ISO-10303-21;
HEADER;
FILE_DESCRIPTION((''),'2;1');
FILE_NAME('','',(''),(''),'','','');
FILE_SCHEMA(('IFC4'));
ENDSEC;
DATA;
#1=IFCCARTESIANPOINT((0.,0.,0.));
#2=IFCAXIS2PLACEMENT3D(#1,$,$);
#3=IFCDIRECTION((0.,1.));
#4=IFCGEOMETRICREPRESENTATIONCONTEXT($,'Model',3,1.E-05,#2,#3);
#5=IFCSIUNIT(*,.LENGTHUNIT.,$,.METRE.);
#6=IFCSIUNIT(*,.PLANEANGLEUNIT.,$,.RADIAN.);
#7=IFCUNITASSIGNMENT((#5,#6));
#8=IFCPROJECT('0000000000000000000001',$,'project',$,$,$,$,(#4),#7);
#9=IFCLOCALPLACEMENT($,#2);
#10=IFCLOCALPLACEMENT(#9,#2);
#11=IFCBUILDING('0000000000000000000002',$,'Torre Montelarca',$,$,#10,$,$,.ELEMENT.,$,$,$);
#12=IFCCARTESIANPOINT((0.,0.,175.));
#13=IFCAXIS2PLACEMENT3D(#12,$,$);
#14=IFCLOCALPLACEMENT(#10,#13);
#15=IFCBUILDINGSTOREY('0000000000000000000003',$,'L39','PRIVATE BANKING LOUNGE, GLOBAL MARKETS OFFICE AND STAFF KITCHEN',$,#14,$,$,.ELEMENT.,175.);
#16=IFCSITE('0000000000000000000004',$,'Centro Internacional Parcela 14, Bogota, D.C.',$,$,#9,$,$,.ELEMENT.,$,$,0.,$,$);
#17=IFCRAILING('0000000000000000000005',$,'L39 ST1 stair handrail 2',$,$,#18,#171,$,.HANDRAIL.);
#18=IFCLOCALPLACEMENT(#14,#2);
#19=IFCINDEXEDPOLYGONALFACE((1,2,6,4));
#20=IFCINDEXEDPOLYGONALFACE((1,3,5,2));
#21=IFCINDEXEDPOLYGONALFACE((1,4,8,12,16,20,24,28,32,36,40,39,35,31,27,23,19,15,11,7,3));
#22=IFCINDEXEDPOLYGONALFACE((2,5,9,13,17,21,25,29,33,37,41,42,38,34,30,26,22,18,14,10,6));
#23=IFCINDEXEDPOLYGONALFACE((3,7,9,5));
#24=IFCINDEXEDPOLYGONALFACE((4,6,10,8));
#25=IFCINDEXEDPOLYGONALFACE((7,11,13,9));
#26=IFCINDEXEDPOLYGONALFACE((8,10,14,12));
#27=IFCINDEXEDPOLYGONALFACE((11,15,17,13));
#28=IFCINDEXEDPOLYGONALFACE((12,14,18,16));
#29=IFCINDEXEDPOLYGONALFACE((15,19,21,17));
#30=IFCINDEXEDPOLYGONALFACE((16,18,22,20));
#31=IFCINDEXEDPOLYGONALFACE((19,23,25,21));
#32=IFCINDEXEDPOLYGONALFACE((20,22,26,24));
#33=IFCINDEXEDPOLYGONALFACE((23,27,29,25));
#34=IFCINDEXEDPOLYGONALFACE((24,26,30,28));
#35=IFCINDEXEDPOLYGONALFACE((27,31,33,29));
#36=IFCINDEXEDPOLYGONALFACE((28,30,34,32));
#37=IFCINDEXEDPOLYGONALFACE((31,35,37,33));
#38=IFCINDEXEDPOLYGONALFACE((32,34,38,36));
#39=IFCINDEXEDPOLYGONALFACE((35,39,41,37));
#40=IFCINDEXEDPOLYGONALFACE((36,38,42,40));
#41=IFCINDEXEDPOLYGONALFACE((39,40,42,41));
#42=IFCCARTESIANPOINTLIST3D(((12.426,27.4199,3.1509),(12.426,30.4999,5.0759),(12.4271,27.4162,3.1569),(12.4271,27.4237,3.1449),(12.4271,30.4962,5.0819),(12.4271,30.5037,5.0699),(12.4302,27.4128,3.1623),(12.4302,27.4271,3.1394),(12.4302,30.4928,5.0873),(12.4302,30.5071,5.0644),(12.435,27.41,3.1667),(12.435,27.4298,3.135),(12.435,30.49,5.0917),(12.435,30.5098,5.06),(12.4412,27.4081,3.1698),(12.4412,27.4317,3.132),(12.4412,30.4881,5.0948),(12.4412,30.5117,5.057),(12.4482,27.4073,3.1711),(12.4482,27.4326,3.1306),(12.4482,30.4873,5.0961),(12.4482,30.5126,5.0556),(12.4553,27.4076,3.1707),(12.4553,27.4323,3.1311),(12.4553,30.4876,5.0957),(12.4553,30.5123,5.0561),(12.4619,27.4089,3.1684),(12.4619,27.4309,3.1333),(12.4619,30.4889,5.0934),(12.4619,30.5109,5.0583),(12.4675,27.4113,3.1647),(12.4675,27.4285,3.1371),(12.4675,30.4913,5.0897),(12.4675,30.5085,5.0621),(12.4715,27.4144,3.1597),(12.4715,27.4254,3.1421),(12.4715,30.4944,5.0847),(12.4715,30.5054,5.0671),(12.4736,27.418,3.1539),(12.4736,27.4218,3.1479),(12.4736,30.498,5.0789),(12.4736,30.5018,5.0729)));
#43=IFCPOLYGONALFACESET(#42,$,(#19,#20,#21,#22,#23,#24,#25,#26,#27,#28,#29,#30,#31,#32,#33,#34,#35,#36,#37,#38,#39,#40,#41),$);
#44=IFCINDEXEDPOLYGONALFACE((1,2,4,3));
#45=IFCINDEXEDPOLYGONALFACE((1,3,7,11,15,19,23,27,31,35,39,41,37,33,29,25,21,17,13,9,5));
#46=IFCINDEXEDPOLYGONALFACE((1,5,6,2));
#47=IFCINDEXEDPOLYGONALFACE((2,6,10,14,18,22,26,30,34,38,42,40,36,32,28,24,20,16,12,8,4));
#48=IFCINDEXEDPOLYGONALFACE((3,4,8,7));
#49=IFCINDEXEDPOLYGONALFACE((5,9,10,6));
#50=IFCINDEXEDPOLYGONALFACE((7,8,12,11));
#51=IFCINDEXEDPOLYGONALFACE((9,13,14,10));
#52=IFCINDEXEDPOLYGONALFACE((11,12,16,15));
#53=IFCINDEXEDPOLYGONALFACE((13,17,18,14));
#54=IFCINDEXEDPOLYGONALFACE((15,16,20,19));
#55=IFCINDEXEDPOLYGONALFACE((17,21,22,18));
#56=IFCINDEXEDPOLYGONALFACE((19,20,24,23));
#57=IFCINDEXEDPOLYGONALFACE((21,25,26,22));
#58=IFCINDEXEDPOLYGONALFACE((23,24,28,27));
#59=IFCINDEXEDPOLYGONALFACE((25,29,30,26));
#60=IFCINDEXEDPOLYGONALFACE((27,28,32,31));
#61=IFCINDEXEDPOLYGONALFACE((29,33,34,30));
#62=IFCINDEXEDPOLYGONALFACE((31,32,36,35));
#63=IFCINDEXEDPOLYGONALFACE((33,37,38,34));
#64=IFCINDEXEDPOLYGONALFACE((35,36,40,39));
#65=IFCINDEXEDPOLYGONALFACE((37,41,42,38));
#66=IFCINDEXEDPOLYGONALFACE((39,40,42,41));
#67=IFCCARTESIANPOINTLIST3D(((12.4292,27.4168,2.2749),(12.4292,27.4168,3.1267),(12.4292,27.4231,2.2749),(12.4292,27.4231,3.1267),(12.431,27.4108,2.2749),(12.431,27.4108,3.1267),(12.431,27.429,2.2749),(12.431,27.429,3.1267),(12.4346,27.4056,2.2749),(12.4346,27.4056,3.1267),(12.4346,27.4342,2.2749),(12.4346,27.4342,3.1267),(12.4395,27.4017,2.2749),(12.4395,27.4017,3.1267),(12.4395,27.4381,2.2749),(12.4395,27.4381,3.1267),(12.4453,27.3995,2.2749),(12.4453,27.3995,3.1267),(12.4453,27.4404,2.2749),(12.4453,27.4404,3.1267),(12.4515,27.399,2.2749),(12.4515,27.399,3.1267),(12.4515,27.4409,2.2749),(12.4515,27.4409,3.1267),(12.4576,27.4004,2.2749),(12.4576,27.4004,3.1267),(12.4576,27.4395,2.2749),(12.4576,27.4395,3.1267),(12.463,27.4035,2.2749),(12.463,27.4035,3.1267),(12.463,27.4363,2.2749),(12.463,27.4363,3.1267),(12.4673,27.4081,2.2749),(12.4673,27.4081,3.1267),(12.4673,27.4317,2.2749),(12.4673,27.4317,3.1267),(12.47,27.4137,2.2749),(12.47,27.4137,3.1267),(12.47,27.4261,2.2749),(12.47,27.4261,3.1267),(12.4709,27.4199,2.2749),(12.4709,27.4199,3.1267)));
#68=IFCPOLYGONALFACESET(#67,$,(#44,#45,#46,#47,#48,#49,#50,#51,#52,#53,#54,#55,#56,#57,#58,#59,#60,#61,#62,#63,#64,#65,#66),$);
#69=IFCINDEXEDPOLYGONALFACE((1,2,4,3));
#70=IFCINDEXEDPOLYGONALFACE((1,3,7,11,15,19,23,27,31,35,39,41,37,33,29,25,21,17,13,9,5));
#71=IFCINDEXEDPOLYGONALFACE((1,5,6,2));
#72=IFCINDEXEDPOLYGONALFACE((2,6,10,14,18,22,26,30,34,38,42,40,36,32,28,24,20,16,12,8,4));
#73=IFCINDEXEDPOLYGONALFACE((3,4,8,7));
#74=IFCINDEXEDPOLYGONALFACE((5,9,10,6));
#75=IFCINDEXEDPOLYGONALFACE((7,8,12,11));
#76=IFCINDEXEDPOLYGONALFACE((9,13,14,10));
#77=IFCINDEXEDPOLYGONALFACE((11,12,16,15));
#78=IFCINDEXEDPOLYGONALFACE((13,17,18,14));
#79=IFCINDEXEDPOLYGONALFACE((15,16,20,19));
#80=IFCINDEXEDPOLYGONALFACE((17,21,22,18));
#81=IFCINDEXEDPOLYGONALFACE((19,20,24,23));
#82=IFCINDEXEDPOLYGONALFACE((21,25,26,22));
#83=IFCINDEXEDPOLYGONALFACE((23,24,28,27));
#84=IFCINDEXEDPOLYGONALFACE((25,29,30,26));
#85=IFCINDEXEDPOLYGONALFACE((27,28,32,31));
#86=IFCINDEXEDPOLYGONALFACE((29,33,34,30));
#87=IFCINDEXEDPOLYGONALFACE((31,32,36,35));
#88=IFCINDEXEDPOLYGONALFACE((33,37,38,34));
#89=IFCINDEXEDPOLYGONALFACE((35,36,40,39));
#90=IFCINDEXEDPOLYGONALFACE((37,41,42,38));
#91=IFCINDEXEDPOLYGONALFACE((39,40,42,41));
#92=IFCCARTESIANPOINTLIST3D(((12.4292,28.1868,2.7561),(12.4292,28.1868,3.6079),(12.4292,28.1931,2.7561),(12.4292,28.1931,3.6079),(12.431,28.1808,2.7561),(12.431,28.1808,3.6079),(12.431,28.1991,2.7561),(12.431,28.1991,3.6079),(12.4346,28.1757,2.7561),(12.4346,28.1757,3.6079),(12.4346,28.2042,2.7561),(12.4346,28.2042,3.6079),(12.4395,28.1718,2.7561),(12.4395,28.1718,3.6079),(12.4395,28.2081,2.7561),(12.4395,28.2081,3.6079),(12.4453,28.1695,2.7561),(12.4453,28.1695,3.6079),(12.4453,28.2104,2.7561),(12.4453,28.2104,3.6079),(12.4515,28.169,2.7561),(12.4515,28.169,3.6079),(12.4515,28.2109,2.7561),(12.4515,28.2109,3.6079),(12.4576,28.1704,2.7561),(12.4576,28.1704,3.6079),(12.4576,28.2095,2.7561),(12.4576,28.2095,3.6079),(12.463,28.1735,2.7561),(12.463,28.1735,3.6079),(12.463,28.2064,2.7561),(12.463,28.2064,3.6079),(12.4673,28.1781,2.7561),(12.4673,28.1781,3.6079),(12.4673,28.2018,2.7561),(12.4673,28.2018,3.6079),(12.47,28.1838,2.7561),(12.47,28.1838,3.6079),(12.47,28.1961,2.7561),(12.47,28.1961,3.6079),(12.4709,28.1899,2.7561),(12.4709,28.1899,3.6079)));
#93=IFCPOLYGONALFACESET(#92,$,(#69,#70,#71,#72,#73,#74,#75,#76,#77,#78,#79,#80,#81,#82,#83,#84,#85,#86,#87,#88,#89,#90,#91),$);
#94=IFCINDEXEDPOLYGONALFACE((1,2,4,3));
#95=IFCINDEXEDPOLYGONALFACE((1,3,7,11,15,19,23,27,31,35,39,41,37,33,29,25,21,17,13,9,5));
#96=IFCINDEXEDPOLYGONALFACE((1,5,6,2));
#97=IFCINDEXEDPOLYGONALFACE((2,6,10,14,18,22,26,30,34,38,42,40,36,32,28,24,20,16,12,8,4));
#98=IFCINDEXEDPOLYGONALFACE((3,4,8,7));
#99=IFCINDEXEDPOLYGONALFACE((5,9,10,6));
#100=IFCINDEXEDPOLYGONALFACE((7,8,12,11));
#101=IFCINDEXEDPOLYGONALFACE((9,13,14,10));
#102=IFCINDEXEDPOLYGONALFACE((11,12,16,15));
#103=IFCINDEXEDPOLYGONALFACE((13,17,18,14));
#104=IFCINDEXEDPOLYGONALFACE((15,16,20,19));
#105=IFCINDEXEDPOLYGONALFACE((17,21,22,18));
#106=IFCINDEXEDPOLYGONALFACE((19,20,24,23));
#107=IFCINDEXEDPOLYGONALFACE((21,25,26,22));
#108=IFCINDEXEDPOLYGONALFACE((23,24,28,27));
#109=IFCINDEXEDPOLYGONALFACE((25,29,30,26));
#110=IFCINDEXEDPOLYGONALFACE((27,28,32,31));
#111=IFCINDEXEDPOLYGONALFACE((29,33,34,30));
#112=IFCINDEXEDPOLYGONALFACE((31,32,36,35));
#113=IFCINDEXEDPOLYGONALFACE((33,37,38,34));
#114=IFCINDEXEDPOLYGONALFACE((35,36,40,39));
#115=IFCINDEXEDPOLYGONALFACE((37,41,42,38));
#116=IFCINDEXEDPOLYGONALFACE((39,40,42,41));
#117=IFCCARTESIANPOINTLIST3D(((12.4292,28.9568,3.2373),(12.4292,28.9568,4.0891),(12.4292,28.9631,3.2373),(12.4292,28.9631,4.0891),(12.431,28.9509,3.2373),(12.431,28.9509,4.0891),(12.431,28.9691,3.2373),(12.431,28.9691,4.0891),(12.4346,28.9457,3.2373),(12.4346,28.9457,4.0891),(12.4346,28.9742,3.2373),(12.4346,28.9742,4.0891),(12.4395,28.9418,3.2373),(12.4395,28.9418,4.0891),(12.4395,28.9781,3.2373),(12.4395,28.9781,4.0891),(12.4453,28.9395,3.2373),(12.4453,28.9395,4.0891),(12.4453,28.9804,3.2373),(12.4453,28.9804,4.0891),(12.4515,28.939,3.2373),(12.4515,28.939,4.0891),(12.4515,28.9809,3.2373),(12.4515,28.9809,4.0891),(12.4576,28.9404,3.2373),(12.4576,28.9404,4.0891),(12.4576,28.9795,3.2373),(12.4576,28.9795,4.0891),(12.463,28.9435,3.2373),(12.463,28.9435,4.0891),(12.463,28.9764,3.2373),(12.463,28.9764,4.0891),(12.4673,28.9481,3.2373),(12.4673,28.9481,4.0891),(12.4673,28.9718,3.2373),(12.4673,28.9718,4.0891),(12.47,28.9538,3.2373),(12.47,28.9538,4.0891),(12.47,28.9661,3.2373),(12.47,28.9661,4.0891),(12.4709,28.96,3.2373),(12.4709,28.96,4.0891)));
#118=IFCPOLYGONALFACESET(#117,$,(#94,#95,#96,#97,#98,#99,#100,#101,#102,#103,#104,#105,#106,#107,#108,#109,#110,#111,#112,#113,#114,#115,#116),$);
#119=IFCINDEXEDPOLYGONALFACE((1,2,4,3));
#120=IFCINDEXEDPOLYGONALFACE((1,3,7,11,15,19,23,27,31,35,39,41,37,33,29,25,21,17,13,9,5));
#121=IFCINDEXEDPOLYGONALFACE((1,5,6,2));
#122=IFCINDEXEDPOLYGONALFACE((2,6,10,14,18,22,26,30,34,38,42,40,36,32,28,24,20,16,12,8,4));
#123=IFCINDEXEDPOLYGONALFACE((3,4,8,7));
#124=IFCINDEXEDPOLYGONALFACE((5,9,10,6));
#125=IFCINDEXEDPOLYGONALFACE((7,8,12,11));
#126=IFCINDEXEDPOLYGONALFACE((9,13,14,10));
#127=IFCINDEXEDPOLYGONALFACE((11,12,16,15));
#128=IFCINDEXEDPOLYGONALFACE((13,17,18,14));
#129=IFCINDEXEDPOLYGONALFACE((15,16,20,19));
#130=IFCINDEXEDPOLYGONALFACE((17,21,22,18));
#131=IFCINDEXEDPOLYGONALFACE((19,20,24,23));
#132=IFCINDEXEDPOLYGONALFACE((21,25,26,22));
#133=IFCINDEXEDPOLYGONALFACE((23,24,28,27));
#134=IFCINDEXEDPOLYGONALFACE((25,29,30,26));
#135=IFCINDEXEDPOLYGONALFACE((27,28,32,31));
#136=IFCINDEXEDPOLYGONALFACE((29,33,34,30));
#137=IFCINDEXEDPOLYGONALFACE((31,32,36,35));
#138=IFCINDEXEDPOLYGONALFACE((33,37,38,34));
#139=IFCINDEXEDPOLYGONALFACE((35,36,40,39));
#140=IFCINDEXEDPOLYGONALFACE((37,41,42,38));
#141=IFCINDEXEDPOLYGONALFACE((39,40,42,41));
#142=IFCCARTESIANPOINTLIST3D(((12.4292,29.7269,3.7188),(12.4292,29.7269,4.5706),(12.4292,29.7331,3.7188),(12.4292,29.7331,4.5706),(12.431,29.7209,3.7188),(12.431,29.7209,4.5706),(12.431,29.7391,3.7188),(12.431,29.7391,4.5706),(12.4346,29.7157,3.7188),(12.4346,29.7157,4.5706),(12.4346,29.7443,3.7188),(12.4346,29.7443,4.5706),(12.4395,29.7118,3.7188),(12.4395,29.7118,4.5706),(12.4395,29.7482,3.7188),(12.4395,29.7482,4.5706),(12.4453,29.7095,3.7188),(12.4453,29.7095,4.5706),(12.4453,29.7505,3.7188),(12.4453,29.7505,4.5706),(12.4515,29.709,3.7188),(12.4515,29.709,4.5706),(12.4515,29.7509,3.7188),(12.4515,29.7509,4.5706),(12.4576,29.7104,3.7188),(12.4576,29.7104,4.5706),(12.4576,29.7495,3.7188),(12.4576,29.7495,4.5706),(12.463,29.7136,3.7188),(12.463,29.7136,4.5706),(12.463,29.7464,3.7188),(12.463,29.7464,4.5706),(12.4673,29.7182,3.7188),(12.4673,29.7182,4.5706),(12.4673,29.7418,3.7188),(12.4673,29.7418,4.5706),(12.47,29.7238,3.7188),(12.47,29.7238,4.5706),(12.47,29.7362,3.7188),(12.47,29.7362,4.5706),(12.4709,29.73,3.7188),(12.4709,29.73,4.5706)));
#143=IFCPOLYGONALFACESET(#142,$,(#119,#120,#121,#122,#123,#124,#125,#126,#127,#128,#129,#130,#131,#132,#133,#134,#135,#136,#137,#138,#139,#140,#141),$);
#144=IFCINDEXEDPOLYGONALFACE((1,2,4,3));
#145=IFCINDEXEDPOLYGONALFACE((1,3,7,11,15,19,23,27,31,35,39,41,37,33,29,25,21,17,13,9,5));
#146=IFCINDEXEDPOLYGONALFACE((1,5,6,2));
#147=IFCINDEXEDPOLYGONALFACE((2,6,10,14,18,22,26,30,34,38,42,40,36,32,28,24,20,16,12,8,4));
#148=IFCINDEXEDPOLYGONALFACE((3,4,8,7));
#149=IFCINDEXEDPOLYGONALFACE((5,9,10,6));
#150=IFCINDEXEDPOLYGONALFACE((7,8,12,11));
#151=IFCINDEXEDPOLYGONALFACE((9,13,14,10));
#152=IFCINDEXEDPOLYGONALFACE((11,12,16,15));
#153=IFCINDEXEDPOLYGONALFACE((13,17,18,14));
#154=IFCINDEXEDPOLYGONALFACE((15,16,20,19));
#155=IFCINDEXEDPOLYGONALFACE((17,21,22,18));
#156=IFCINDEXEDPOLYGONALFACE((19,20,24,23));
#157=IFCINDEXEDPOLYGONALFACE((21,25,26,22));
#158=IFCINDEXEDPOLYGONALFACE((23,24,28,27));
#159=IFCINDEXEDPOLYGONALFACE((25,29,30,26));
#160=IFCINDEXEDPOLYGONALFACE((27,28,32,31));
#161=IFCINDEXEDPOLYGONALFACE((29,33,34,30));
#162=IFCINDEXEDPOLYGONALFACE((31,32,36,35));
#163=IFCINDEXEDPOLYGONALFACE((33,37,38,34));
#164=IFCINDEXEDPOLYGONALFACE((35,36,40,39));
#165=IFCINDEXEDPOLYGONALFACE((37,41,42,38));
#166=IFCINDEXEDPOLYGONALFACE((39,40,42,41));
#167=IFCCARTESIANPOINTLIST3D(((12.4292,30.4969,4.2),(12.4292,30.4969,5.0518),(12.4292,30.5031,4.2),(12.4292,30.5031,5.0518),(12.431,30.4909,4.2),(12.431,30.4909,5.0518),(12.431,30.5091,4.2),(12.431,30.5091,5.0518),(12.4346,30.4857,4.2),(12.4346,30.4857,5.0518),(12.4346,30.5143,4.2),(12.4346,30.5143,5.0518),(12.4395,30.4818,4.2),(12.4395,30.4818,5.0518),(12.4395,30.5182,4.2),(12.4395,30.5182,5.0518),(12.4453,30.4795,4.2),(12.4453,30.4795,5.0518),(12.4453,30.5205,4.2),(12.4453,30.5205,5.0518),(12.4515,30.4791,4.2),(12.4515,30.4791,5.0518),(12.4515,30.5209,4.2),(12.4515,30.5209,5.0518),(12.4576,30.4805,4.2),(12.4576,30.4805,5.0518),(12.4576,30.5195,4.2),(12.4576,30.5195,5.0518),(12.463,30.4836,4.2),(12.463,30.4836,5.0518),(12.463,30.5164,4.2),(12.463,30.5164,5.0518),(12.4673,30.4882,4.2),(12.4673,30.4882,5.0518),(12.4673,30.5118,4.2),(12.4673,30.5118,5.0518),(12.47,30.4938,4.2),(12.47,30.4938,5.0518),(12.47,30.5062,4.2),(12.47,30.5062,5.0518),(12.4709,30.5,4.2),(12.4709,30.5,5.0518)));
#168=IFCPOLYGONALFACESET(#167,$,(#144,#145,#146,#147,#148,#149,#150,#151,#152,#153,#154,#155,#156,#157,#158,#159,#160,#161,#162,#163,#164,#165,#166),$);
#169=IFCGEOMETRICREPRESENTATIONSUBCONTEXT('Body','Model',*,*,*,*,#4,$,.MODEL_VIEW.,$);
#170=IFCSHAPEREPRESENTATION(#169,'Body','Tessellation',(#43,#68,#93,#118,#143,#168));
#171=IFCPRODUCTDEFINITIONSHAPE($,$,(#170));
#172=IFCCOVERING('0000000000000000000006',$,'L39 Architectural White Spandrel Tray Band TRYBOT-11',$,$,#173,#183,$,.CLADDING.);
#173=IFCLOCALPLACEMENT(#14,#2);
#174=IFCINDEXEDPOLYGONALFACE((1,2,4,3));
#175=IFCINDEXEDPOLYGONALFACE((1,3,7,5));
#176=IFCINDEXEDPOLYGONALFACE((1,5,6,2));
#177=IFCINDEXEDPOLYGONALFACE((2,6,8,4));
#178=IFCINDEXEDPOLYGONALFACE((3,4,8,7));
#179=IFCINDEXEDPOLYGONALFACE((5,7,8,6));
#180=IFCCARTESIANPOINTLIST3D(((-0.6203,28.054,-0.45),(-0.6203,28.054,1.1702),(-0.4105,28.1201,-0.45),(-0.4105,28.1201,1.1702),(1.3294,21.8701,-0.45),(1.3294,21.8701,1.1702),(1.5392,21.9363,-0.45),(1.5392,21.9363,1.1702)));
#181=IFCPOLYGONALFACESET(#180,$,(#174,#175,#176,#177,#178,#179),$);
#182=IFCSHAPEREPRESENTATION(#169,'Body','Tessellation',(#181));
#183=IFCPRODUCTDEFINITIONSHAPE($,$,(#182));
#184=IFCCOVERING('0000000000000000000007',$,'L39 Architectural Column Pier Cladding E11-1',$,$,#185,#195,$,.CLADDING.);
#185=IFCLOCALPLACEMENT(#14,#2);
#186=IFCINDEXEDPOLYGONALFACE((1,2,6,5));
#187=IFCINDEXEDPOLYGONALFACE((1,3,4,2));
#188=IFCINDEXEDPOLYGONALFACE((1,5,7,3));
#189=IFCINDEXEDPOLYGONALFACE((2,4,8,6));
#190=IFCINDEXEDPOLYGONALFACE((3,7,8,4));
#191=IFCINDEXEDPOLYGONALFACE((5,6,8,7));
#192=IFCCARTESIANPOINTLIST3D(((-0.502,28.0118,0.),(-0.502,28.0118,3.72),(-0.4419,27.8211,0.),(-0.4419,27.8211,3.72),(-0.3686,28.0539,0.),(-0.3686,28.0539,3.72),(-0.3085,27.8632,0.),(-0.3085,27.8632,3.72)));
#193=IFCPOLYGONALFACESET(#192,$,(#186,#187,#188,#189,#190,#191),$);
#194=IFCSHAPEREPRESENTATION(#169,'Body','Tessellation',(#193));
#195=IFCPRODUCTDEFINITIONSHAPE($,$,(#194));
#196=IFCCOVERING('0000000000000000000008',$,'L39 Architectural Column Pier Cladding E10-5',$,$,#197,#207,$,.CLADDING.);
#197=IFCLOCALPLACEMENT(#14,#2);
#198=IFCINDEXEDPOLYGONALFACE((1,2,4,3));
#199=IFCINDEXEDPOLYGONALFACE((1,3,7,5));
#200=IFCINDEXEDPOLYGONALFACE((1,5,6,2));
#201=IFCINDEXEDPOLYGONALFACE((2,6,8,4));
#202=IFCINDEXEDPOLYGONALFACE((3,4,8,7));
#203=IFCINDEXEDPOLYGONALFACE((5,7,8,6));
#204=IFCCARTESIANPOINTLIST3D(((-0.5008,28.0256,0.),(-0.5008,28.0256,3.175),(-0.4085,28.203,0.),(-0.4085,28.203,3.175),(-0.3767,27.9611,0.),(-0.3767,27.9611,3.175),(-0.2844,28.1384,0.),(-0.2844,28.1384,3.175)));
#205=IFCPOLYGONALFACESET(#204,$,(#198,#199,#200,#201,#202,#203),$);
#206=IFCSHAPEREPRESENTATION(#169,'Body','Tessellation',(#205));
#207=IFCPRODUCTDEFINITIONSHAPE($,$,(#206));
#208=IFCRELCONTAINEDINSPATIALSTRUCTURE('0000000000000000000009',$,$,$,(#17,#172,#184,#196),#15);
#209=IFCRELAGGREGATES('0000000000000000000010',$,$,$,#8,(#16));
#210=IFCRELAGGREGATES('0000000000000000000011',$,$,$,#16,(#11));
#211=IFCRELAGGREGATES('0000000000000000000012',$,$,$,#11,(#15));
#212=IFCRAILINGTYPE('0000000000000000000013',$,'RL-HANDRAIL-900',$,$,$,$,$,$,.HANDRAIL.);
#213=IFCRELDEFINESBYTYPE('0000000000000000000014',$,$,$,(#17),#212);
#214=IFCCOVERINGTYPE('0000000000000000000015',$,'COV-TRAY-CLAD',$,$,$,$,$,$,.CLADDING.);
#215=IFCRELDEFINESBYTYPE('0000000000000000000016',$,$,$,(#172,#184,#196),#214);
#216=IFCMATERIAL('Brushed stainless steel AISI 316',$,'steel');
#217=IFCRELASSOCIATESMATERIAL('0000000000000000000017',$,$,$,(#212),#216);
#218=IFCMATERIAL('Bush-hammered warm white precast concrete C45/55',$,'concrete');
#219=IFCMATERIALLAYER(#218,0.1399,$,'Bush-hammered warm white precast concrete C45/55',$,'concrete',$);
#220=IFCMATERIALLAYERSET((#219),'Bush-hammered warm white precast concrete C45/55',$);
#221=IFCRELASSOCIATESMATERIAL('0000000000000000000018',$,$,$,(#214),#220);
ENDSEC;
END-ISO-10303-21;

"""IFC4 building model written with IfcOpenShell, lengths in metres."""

from ifc_helpers import new_model, si_unit, direction, frame, origin, origin_2d, place, context, subcontext, project, spatial, rectangle, circle, extrude, source, transform, mapped, material, layer, layer_set, type_object, element, save


model = new_model("IFC4")

# Units and contexts
model_context = context("Model", 3, precision=1e-05, world=origin(), true_north=direction((0.0, 1.0)))
body_context = subcontext(model_context, "Body", "Model", "MODEL_VIEW")
ifc_project = project(units=[si_unit("LENGTHUNIT", "METRE"), si_unit("PLANEANGLEUNIT", "RADIAN")], contexts=[model_context])

# Site, building, storey
site_placement = place(None, origin())
site = spatial("IfcSite", under=ifc_project, at=site_placement, Name="Centro Internacional Parcela 14, Bogota, D.C.", CompositionType="ELEMENT", RefElevation=0.0)
building_placement = place(site_placement, origin())
building = spatial("IfcBuilding", under=site, at=building_placement, Name="Torre Montelarca", CompositionType="ELEMENT")
storey_placement = place(building_placement, frame((0.0, 0.0, 175.0)))
storey = spatial("IfcBuildingStorey", under=building, at=storey_placement, Name="L39", Description="PRIVATE BANKING LOUNGE, GLOBAL MARKETS OFFICE AND STAFF KITCHEN", CompositionType="ELEMENT", Elevation=175.0)

# Railing
ifc_material_1 = material(Name="Brushed stainless steel AISI 316", Category="steel")
railing_type_1 = type_object("IfcRailingType", Name="RL-HANDRAIL-900", PredefinedType="HANDRAIL", material=ifc_material_1)
railing_1_placement = place(storey_placement, frame((12.45, 27.4199, 2.2749)))
element("IfcRailing", 1, at=railing_1_placement, inside=storey, type_object=railing_type_1, Name="L39 ST1 stair handrail 2", PredefinedType="HANDRAIL", context=body_context, shape_type="SweptSolid", body=[
    extrude(circle(Radius=0.0239, at=origin_2d()), frame((0.0, 0.0, 0.876), z_axis=(0.0, 0.847998, 0.529999), x_axis=(-1.0, 0.0, 0.0)), (0.0, 0.0, 1.0), 3.6321),
    extrude(circle(Radius=0.021, at=origin_2d()), origin(), (0.0, 0.0, 1.0), 0.8518),
    extrude(circle(Radius=0.021, at=origin_2d()), frame((0.0, 0.77, 0.4812)), (0.0, 0.0, 1.0), 0.8518),
    extrude(circle(Radius=0.021, at=origin_2d()), frame((0.0, 1.54, 0.9624)), (0.0, 0.0, 1.0), 0.8518),
    extrude(circle(Radius=0.021, at=origin_2d()), frame((0.0, 2.3101, 1.4438)), (0.0, 0.0, 1.0), 0.8518),
    extrude(circle(Radius=0.021, at=origin_2d()), frame((0.0, 3.0801, 1.925)), (0.0, 0.0, 1.0), 0.8518),
])

# Coverings
ifc_material_2 = material(Name="Bush-hammered warm white precast concrete C45/55", Category="concrete")
ifc_layer_1 = layer(ifc_material_2, 0.1399, Name="Bush-hammered warm white precast concrete C45/55", Category="concrete")
ifc_layer_set_1 = layer_set([ifc_layer_1], Name="Bush-hammered warm white precast concrete C45/55")
covering_type = type_object("IfcCoveringType", Name="COV-TRAY-CLAD", PredefinedType="CLADDING", material=ifc_layer_set_1)
shared_shape_1 = source(origin(), body_context, "Body", "SweptSolid", [
    extrude(rectangle(XDim=6.4839, YDim=0.22, at=origin_2d()), origin(), (0.0, 0.0, 1.0), 1.6201),
])
covering_1_placement = place(storey_placement, frame((0.4595, 24.9951, -0.45), z_axis=(0.0, 0.0, 1.0), x_axis=(0.300696, -0.95372, 0.0)))
element("IfcCovering", 2, at=covering_1_placement, inside=storey, type_object=covering_type, Name="L39 Architectural White Spandrel Tray Band TRYBOT-11", PredefinedType="CLADDING", context=body_context, shape_type="MappedRepresentation", body=[
    mapped(shared_shape_1, transform((0.0, 0.0, 0.0), scale=1.0)),
])
shared_shape_2 = source(origin(), body_context, "Body", "SweptSolid", [
    extrude(rectangle(XDim=0.2, YDim=0.1399, at=origin_2d()), origin(), (0.0, 0.0, 1.0), 3.72),
])
covering_2_placement = place(storey_placement, frame((-0.4053, 27.9375, 0.0), z_axis=(0.0, 0.0, 1.0), x_axis=(0.300691, -0.953722, 0.0)))
element("IfcCovering", 3, at=covering_2_placement, inside=storey, type_object=covering_type, Name="L39 Architectural Column Pier Cladding E11-1", PredefinedType="CLADDING", context=body_context, shape_type="MappedRepresentation", body=[
    mapped(shared_shape_2, transform((0.0, 0.0, 0.0), scale=1.0)),
])
shared_shape_3 = source(origin(), body_context, "Body", "SweptSolid", [
    extrude(rectangle(XDim=0.2, YDim=0.1399, at=origin_2d()), origin(), (0.0, 0.0, 1.0), 3.175),
])
covering_3_placement = place(storey_placement, frame((-0.3926, 28.082, 0.0), z_axis=(0.0, 0.0, 1.0), x_axis=(-0.461746, -0.887012, 0.0)))
element("IfcCovering", 4, at=covering_3_placement, inside=storey, type_object=covering_type, Name="L39 Architectural Column Pier Cladding E10-5", PredefinedType="CLADDING", context=body_context, shape_type="MappedRepresentation", body=[
    mapped(shared_shape_3, transform((0.0, 0.0, 0.0), scale=1.0)),
])

save(model, "model.ifc")
